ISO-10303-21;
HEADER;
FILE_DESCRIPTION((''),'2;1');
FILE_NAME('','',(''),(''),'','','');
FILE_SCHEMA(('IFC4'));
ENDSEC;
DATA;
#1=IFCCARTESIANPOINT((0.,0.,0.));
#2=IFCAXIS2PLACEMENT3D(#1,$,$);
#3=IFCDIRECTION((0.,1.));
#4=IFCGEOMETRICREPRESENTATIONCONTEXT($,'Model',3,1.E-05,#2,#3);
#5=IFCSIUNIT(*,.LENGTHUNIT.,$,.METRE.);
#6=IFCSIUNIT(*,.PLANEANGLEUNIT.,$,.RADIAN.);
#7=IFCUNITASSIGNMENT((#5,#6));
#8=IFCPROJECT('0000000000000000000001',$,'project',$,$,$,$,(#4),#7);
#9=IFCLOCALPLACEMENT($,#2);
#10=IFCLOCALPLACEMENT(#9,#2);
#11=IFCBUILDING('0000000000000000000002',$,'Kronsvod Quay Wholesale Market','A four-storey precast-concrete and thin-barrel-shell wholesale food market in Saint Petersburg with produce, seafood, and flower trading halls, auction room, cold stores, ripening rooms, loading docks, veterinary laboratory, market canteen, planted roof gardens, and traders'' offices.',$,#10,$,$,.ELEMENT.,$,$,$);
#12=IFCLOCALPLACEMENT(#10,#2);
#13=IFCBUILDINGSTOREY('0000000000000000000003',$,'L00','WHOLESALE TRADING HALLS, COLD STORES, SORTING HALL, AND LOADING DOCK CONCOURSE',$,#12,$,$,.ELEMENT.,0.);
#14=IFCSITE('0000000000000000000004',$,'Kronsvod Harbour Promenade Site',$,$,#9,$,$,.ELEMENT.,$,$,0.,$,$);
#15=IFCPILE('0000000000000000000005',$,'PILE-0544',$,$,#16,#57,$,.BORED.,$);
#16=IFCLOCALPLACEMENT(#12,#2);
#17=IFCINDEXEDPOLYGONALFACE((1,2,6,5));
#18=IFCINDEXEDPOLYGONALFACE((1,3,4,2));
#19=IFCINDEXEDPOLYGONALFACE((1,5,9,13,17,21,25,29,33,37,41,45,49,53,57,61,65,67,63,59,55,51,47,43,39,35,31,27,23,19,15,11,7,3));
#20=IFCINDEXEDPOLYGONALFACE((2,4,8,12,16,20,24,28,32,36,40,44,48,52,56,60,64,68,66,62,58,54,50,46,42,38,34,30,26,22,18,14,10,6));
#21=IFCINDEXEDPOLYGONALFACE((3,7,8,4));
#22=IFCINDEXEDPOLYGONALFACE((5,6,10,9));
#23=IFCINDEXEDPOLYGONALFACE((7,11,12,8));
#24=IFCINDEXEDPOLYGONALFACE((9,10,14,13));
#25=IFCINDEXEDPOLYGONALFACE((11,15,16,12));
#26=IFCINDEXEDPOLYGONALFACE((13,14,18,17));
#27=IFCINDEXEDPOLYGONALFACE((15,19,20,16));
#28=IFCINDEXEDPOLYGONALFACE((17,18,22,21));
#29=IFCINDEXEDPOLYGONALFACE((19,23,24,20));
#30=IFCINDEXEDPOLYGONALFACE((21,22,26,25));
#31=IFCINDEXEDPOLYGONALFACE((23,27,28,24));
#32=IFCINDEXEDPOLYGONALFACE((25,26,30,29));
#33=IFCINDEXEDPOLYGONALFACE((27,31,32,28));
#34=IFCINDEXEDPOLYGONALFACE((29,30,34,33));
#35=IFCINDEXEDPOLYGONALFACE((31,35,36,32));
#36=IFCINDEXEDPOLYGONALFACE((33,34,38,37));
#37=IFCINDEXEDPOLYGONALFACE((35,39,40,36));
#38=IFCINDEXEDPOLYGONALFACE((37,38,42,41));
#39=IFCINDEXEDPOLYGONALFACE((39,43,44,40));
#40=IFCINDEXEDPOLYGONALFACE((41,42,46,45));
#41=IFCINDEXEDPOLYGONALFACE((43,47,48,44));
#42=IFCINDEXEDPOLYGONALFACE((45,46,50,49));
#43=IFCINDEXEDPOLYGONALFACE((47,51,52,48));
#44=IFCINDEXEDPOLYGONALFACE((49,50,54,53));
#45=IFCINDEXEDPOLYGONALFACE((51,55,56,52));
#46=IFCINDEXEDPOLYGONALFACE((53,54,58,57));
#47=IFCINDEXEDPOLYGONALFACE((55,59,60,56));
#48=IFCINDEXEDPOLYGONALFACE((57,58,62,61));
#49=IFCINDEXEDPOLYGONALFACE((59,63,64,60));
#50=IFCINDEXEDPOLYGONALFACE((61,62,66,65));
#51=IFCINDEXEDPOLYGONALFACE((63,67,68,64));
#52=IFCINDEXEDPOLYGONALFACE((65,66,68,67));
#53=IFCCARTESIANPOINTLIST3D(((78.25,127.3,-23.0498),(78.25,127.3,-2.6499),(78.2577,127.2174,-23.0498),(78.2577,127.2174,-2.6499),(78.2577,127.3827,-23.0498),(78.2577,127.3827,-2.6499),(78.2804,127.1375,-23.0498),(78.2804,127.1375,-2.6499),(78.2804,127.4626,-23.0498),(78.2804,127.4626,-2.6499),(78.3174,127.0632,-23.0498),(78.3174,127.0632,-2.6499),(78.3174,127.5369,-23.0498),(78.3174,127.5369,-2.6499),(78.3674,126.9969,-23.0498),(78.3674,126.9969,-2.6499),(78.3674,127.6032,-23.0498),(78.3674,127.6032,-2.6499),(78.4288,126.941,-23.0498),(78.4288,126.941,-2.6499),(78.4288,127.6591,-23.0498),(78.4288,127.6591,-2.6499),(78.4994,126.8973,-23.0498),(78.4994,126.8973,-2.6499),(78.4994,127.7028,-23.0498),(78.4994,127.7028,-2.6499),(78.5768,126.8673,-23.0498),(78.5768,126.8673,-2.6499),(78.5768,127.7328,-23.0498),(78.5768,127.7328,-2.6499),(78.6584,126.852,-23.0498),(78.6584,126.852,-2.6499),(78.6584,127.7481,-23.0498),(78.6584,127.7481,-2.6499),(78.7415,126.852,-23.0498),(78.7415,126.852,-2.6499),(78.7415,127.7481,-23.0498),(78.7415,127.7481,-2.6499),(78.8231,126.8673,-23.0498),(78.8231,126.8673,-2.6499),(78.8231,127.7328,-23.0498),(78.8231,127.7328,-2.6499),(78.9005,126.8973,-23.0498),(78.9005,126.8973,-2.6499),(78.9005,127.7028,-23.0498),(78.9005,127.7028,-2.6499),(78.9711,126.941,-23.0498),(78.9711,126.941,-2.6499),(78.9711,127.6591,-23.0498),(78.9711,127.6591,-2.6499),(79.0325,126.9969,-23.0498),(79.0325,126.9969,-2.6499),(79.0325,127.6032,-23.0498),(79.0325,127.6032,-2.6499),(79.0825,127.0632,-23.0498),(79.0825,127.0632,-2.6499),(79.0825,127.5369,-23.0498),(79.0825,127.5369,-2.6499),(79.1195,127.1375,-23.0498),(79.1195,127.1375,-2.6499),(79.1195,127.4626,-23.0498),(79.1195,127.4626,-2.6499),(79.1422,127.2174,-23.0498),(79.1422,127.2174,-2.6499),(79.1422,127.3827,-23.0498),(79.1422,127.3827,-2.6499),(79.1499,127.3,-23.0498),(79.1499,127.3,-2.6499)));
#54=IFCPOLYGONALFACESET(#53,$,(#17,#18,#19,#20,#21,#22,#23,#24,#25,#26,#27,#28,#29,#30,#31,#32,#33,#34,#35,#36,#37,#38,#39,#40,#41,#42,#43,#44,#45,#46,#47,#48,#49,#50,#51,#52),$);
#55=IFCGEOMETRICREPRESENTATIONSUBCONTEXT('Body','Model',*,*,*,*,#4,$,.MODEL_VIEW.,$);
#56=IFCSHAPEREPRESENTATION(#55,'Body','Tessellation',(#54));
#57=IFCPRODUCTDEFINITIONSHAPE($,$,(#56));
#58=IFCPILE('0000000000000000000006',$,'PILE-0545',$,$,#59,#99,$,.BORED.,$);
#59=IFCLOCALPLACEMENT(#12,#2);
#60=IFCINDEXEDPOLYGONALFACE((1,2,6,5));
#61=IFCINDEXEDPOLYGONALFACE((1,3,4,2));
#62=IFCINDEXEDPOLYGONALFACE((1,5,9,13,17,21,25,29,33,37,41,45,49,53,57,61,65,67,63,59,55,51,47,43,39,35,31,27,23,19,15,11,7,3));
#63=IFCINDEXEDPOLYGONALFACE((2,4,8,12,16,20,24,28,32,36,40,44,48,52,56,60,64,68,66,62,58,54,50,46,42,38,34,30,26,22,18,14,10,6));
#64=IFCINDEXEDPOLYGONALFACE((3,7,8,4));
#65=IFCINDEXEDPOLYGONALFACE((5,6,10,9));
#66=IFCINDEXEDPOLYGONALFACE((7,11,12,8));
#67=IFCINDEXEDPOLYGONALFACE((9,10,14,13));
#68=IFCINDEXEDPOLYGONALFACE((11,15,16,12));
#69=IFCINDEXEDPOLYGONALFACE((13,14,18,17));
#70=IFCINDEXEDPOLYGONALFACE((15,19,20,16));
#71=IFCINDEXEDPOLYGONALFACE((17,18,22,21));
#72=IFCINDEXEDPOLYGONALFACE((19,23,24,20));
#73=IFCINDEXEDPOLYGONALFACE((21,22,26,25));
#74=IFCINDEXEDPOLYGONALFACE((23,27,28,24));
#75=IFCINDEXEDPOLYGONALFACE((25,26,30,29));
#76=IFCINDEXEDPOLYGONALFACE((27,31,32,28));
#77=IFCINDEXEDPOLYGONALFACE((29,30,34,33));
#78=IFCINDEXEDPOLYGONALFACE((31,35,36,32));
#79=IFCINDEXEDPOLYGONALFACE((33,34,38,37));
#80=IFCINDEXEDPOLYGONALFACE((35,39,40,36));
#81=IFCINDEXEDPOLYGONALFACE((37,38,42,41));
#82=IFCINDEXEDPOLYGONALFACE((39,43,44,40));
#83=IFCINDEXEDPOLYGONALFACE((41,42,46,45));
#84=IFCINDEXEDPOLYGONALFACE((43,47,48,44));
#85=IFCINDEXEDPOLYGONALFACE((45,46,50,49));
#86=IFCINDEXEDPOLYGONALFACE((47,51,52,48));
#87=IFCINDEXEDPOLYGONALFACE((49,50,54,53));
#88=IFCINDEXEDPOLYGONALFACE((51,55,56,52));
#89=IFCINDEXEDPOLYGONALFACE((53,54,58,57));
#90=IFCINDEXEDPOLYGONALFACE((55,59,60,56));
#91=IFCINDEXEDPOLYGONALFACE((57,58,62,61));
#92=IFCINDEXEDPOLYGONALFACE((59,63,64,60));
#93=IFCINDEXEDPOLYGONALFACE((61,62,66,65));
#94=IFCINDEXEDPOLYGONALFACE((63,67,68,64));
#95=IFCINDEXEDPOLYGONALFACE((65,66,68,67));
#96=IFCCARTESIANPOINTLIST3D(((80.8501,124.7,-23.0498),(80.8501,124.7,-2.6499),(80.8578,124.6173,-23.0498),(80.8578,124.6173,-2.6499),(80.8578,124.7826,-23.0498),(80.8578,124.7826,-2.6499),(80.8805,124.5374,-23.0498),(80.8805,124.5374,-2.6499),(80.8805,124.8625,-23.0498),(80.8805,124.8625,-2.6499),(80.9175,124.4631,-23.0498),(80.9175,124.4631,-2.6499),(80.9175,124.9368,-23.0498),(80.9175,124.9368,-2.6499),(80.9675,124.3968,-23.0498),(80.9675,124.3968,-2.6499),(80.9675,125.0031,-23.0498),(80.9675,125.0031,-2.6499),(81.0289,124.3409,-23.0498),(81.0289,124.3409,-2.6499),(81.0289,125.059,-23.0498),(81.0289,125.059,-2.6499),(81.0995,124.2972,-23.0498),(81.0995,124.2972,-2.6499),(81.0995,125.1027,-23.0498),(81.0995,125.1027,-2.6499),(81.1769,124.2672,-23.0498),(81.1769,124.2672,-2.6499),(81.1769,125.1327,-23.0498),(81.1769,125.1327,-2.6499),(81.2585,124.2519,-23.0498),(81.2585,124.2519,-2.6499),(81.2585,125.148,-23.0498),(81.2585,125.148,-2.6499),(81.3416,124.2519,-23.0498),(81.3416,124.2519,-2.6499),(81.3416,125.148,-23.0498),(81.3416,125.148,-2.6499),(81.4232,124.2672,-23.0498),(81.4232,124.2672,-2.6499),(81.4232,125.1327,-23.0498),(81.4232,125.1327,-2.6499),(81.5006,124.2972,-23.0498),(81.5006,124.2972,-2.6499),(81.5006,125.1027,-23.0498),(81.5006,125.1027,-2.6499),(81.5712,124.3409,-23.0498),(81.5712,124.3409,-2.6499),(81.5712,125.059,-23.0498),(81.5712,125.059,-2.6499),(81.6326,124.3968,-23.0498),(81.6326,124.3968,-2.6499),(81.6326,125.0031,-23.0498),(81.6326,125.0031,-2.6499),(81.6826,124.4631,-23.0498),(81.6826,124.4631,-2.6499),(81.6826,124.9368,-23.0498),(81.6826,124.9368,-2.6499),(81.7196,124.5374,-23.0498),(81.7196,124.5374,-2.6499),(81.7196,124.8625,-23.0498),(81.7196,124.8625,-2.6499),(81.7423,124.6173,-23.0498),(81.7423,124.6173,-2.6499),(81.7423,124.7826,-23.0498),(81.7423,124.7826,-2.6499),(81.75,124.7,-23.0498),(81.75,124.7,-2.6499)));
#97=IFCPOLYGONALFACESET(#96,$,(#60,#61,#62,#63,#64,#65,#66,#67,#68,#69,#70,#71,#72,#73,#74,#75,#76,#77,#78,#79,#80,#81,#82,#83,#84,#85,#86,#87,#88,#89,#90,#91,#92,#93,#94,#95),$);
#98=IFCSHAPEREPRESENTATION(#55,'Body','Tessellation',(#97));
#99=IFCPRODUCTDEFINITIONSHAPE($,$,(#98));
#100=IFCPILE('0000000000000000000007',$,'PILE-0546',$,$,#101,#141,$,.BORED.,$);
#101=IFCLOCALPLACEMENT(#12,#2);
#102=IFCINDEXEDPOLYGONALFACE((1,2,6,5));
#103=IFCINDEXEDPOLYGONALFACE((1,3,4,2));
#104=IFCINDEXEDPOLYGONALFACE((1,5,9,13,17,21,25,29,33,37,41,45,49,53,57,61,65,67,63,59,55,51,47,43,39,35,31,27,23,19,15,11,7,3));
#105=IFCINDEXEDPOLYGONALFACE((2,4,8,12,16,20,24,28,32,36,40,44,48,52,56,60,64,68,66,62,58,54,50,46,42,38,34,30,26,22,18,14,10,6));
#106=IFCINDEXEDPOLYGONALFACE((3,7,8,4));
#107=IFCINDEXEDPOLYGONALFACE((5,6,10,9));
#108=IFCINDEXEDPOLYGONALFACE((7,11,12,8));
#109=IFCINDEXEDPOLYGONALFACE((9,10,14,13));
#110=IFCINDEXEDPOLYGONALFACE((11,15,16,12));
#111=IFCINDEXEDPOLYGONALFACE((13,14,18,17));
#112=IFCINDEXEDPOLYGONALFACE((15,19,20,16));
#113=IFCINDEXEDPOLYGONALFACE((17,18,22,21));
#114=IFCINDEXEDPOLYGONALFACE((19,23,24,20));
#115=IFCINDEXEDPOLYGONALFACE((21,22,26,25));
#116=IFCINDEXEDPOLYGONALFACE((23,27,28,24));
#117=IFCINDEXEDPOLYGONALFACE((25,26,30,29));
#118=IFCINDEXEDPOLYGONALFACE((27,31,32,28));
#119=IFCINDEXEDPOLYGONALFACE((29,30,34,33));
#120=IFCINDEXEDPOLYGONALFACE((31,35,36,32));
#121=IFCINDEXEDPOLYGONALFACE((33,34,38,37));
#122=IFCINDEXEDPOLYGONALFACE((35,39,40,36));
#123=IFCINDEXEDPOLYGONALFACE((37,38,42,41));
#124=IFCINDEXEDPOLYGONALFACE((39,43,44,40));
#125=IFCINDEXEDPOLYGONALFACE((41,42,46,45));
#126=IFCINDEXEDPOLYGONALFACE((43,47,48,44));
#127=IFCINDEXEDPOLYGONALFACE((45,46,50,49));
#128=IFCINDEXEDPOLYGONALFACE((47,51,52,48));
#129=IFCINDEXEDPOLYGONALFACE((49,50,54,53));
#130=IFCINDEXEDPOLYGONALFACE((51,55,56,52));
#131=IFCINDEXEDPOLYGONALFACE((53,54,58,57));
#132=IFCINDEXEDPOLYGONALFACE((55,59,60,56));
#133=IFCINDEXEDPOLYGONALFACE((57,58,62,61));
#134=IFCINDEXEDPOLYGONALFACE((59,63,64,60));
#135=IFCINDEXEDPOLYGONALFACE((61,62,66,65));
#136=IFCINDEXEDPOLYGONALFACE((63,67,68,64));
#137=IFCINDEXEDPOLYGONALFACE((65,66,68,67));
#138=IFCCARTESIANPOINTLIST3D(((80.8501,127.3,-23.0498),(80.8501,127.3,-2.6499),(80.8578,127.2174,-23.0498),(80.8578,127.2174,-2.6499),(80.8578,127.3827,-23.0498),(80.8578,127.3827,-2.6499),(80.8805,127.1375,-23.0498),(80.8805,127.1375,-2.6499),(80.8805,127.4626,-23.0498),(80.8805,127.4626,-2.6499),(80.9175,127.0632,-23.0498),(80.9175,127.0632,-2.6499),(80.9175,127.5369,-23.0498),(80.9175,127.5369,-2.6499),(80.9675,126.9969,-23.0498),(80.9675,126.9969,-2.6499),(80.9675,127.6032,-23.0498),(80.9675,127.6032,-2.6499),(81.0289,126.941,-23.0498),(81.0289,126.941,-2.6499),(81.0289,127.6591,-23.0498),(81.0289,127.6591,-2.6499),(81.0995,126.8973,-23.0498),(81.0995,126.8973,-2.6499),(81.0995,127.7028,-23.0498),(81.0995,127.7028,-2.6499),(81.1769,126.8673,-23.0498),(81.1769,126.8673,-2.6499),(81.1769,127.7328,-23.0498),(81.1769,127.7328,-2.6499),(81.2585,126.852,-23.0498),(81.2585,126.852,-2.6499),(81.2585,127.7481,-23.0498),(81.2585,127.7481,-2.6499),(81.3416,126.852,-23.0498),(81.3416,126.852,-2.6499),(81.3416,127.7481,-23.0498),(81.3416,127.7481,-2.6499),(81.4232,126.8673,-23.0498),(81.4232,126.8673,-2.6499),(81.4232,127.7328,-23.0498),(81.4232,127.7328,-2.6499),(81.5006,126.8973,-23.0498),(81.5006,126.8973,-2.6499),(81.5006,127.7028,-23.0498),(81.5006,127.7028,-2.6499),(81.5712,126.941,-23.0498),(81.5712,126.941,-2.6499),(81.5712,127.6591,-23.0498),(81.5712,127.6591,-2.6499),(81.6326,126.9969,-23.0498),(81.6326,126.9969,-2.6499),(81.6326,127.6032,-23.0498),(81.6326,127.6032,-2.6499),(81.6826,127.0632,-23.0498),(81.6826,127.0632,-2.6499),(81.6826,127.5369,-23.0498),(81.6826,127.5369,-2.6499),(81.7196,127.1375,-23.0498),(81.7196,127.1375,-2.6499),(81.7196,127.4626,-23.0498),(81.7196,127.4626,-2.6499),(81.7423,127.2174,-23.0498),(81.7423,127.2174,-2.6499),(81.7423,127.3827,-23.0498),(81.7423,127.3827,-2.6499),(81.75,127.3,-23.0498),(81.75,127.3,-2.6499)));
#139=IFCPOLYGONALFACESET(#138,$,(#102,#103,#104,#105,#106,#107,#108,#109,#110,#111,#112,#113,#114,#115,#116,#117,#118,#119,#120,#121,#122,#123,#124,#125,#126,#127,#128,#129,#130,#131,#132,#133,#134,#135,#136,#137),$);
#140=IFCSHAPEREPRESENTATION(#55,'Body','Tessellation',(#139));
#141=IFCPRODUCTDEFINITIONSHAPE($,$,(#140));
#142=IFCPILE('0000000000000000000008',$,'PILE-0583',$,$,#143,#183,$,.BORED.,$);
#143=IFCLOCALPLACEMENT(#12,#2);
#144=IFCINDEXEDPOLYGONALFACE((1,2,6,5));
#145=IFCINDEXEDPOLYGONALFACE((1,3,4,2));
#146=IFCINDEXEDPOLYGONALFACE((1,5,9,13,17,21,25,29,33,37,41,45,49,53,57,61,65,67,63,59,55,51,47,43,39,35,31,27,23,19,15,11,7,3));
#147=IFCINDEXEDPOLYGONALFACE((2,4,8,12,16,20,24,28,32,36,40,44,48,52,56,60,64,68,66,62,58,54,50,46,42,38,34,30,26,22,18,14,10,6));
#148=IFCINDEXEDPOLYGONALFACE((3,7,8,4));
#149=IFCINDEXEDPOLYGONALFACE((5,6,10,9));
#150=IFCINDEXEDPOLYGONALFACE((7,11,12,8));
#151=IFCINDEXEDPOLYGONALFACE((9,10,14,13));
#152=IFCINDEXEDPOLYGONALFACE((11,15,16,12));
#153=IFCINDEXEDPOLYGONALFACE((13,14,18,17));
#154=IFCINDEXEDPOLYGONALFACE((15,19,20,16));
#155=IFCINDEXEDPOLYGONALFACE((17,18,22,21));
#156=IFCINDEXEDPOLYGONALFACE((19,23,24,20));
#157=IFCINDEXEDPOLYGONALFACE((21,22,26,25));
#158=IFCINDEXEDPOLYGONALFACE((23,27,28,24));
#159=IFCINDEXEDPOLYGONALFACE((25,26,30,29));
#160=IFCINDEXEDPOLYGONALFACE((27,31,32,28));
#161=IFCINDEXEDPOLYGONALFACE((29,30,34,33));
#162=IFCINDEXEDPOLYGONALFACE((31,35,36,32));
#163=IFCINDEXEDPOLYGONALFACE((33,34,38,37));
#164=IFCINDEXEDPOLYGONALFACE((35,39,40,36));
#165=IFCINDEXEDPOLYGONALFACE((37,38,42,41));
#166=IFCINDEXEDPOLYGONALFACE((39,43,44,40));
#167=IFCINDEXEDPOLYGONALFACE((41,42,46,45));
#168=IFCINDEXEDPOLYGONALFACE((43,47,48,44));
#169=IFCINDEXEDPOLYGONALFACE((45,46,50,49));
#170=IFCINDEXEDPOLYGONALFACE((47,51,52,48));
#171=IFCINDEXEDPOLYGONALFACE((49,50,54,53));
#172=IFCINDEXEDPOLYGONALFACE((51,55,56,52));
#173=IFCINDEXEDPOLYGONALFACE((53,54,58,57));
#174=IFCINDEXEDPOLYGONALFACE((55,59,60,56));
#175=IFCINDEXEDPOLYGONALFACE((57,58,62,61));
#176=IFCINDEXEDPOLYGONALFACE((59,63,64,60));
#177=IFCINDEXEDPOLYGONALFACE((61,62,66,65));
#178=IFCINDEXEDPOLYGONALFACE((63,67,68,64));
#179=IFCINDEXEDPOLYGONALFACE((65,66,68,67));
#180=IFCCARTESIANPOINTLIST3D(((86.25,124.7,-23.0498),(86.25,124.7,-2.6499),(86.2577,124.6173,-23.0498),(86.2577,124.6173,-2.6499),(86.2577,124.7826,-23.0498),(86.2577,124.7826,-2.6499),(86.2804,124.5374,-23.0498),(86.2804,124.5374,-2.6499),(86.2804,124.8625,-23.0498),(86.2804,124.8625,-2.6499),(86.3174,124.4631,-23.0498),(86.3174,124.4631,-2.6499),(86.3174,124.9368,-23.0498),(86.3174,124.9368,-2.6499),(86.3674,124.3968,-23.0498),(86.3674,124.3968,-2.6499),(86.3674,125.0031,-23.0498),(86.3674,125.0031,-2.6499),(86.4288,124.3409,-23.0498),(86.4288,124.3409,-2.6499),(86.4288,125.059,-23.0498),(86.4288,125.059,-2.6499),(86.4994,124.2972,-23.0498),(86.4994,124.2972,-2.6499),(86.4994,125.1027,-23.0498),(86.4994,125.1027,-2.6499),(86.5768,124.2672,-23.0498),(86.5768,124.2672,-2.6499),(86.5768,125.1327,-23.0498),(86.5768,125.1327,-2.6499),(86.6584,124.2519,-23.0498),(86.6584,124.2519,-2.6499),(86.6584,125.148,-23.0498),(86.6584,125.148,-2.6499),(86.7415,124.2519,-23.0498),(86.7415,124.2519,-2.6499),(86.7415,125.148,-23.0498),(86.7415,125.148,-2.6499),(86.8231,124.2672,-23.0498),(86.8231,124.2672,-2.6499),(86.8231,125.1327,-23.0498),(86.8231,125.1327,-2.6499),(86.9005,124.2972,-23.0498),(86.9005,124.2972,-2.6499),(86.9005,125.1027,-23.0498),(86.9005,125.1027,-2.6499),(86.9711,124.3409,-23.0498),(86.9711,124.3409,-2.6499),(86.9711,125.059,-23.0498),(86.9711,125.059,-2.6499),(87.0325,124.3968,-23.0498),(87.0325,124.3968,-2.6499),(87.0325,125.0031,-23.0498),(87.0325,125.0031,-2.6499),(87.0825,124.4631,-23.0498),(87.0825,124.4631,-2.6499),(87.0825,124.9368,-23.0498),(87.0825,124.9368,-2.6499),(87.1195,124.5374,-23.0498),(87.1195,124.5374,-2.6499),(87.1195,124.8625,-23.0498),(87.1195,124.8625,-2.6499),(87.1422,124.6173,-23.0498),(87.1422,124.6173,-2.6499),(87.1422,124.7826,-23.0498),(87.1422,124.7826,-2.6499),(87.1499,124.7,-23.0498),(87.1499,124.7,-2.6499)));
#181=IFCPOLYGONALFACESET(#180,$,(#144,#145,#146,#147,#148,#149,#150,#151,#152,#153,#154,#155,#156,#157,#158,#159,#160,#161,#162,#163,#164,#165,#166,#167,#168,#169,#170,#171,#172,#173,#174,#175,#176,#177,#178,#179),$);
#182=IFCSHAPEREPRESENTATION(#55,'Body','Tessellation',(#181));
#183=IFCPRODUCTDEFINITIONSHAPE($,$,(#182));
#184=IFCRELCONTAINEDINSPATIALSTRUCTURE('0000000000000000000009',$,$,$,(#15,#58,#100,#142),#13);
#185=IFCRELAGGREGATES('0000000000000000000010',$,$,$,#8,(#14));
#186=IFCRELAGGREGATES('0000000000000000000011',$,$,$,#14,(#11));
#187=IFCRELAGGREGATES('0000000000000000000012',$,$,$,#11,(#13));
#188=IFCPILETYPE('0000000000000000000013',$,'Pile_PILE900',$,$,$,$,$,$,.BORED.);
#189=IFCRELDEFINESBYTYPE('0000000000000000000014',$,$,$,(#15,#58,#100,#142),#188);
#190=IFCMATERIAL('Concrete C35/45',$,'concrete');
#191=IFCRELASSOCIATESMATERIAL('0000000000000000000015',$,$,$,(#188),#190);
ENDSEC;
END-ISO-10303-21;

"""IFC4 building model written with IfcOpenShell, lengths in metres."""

from ifc_helpers import new_model, si_unit, direction, frame, origin, origin_2d, place, context, subcontext, project, spatial, circle, extrude, material, material_profile, profile_set, type_object, element, save


model = new_model("IFC4")

# Units and contexts
model_context = context("Model", 3, precision=1e-05, world=origin(), true_north=direction((0.0, 1.0)))
body_context = subcontext(model_context, "Body", "Model", "MODEL_VIEW")
ifc_project = project(units=[si_unit("LENGTHUNIT", "METRE"), si_unit("PLANEANGLEUNIT", "RADIAN")], contexts=[model_context])

# Site, building, storey
site_placement = place(None, origin())
site = spatial("IfcSite", under=ifc_project, at=site_placement, Name="Kronsvod Harbour Promenade Site", CompositionType="ELEMENT", RefElevation=0.0)
building_placement = place(site_placement, origin())
building = spatial("IfcBuilding", under=site, at=building_placement, Name="Kronsvod Quay Wholesale Market", Description="A four-storey precast-concrete and thin-barrel-shell wholesale food market in Saint Petersburg with produce, seafood, and flower trading halls, auction room, cold stores, ripening rooms, loading docks, veterinary laboratory, market canteen, planted roof gardens, and traders' offices.", CompositionType="ELEMENT")
storey_placement = place(building_placement, origin())
storey = spatial("IfcBuildingStorey", under=building, at=storey_placement, Name="L00", Description="WHOLESALE TRADING HALLS, COLD STORES, SORTING HALL, AND LOADING DOCK CONCOURSE", CompositionType="ELEMENT", Elevation=0.0)

# Piles
ifc_material_1 = material(Name="Concrete C35/45", Category="concrete")
ifc_material_profile_1 = material_profile(ifc_material_1, circle(Radius=0.45, at=origin_2d()), Name="PILE900")
ifc_profile_set_1 = profile_set([ifc_material_profile_1], Name="Concrete C35/45")
pile_type = type_object("IfcPileType", Name="Pile_PILE900", PredefinedType="BORED", material=ifc_profile_set_1)
for number, where, z_axis, x_axis, name in (
    (1, (78.7, 127.3, -2.6499), (0.0, 0.0, -1.0), (1.0, 0.0, 0.0), "PILE-0544"),
    (2, (81.3, 124.7, -2.6499), (0.0, 0.0, -1.0), (1.0, 0.0, 0.0), "PILE-0545"),
    (3, (81.3, 127.3, -2.6499), (0.0, 0.0, -1.0), (1.0, 0.0, 0.0), "PILE-0546"),
    (4, (86.7, 124.7, -2.6499), (0.0, 0.0, -1.0), (1.0, 0.0, 0.0), "PILE-0583"),
):
    element("IfcPile", number, at=place(storey_placement, frame(where, z_axis=z_axis, x_axis=x_axis)), inside=storey, type_object=pile_type, Name=name, PredefinedType="BORED", context=body_context, shape_type="SweptSolid", body=[
        extrude(circle(Radius=0.45, at=origin_2d()), origin(), (0.0, 0.0, 1.0), 20.3999),
    ])

save(model, "model.ifc")
